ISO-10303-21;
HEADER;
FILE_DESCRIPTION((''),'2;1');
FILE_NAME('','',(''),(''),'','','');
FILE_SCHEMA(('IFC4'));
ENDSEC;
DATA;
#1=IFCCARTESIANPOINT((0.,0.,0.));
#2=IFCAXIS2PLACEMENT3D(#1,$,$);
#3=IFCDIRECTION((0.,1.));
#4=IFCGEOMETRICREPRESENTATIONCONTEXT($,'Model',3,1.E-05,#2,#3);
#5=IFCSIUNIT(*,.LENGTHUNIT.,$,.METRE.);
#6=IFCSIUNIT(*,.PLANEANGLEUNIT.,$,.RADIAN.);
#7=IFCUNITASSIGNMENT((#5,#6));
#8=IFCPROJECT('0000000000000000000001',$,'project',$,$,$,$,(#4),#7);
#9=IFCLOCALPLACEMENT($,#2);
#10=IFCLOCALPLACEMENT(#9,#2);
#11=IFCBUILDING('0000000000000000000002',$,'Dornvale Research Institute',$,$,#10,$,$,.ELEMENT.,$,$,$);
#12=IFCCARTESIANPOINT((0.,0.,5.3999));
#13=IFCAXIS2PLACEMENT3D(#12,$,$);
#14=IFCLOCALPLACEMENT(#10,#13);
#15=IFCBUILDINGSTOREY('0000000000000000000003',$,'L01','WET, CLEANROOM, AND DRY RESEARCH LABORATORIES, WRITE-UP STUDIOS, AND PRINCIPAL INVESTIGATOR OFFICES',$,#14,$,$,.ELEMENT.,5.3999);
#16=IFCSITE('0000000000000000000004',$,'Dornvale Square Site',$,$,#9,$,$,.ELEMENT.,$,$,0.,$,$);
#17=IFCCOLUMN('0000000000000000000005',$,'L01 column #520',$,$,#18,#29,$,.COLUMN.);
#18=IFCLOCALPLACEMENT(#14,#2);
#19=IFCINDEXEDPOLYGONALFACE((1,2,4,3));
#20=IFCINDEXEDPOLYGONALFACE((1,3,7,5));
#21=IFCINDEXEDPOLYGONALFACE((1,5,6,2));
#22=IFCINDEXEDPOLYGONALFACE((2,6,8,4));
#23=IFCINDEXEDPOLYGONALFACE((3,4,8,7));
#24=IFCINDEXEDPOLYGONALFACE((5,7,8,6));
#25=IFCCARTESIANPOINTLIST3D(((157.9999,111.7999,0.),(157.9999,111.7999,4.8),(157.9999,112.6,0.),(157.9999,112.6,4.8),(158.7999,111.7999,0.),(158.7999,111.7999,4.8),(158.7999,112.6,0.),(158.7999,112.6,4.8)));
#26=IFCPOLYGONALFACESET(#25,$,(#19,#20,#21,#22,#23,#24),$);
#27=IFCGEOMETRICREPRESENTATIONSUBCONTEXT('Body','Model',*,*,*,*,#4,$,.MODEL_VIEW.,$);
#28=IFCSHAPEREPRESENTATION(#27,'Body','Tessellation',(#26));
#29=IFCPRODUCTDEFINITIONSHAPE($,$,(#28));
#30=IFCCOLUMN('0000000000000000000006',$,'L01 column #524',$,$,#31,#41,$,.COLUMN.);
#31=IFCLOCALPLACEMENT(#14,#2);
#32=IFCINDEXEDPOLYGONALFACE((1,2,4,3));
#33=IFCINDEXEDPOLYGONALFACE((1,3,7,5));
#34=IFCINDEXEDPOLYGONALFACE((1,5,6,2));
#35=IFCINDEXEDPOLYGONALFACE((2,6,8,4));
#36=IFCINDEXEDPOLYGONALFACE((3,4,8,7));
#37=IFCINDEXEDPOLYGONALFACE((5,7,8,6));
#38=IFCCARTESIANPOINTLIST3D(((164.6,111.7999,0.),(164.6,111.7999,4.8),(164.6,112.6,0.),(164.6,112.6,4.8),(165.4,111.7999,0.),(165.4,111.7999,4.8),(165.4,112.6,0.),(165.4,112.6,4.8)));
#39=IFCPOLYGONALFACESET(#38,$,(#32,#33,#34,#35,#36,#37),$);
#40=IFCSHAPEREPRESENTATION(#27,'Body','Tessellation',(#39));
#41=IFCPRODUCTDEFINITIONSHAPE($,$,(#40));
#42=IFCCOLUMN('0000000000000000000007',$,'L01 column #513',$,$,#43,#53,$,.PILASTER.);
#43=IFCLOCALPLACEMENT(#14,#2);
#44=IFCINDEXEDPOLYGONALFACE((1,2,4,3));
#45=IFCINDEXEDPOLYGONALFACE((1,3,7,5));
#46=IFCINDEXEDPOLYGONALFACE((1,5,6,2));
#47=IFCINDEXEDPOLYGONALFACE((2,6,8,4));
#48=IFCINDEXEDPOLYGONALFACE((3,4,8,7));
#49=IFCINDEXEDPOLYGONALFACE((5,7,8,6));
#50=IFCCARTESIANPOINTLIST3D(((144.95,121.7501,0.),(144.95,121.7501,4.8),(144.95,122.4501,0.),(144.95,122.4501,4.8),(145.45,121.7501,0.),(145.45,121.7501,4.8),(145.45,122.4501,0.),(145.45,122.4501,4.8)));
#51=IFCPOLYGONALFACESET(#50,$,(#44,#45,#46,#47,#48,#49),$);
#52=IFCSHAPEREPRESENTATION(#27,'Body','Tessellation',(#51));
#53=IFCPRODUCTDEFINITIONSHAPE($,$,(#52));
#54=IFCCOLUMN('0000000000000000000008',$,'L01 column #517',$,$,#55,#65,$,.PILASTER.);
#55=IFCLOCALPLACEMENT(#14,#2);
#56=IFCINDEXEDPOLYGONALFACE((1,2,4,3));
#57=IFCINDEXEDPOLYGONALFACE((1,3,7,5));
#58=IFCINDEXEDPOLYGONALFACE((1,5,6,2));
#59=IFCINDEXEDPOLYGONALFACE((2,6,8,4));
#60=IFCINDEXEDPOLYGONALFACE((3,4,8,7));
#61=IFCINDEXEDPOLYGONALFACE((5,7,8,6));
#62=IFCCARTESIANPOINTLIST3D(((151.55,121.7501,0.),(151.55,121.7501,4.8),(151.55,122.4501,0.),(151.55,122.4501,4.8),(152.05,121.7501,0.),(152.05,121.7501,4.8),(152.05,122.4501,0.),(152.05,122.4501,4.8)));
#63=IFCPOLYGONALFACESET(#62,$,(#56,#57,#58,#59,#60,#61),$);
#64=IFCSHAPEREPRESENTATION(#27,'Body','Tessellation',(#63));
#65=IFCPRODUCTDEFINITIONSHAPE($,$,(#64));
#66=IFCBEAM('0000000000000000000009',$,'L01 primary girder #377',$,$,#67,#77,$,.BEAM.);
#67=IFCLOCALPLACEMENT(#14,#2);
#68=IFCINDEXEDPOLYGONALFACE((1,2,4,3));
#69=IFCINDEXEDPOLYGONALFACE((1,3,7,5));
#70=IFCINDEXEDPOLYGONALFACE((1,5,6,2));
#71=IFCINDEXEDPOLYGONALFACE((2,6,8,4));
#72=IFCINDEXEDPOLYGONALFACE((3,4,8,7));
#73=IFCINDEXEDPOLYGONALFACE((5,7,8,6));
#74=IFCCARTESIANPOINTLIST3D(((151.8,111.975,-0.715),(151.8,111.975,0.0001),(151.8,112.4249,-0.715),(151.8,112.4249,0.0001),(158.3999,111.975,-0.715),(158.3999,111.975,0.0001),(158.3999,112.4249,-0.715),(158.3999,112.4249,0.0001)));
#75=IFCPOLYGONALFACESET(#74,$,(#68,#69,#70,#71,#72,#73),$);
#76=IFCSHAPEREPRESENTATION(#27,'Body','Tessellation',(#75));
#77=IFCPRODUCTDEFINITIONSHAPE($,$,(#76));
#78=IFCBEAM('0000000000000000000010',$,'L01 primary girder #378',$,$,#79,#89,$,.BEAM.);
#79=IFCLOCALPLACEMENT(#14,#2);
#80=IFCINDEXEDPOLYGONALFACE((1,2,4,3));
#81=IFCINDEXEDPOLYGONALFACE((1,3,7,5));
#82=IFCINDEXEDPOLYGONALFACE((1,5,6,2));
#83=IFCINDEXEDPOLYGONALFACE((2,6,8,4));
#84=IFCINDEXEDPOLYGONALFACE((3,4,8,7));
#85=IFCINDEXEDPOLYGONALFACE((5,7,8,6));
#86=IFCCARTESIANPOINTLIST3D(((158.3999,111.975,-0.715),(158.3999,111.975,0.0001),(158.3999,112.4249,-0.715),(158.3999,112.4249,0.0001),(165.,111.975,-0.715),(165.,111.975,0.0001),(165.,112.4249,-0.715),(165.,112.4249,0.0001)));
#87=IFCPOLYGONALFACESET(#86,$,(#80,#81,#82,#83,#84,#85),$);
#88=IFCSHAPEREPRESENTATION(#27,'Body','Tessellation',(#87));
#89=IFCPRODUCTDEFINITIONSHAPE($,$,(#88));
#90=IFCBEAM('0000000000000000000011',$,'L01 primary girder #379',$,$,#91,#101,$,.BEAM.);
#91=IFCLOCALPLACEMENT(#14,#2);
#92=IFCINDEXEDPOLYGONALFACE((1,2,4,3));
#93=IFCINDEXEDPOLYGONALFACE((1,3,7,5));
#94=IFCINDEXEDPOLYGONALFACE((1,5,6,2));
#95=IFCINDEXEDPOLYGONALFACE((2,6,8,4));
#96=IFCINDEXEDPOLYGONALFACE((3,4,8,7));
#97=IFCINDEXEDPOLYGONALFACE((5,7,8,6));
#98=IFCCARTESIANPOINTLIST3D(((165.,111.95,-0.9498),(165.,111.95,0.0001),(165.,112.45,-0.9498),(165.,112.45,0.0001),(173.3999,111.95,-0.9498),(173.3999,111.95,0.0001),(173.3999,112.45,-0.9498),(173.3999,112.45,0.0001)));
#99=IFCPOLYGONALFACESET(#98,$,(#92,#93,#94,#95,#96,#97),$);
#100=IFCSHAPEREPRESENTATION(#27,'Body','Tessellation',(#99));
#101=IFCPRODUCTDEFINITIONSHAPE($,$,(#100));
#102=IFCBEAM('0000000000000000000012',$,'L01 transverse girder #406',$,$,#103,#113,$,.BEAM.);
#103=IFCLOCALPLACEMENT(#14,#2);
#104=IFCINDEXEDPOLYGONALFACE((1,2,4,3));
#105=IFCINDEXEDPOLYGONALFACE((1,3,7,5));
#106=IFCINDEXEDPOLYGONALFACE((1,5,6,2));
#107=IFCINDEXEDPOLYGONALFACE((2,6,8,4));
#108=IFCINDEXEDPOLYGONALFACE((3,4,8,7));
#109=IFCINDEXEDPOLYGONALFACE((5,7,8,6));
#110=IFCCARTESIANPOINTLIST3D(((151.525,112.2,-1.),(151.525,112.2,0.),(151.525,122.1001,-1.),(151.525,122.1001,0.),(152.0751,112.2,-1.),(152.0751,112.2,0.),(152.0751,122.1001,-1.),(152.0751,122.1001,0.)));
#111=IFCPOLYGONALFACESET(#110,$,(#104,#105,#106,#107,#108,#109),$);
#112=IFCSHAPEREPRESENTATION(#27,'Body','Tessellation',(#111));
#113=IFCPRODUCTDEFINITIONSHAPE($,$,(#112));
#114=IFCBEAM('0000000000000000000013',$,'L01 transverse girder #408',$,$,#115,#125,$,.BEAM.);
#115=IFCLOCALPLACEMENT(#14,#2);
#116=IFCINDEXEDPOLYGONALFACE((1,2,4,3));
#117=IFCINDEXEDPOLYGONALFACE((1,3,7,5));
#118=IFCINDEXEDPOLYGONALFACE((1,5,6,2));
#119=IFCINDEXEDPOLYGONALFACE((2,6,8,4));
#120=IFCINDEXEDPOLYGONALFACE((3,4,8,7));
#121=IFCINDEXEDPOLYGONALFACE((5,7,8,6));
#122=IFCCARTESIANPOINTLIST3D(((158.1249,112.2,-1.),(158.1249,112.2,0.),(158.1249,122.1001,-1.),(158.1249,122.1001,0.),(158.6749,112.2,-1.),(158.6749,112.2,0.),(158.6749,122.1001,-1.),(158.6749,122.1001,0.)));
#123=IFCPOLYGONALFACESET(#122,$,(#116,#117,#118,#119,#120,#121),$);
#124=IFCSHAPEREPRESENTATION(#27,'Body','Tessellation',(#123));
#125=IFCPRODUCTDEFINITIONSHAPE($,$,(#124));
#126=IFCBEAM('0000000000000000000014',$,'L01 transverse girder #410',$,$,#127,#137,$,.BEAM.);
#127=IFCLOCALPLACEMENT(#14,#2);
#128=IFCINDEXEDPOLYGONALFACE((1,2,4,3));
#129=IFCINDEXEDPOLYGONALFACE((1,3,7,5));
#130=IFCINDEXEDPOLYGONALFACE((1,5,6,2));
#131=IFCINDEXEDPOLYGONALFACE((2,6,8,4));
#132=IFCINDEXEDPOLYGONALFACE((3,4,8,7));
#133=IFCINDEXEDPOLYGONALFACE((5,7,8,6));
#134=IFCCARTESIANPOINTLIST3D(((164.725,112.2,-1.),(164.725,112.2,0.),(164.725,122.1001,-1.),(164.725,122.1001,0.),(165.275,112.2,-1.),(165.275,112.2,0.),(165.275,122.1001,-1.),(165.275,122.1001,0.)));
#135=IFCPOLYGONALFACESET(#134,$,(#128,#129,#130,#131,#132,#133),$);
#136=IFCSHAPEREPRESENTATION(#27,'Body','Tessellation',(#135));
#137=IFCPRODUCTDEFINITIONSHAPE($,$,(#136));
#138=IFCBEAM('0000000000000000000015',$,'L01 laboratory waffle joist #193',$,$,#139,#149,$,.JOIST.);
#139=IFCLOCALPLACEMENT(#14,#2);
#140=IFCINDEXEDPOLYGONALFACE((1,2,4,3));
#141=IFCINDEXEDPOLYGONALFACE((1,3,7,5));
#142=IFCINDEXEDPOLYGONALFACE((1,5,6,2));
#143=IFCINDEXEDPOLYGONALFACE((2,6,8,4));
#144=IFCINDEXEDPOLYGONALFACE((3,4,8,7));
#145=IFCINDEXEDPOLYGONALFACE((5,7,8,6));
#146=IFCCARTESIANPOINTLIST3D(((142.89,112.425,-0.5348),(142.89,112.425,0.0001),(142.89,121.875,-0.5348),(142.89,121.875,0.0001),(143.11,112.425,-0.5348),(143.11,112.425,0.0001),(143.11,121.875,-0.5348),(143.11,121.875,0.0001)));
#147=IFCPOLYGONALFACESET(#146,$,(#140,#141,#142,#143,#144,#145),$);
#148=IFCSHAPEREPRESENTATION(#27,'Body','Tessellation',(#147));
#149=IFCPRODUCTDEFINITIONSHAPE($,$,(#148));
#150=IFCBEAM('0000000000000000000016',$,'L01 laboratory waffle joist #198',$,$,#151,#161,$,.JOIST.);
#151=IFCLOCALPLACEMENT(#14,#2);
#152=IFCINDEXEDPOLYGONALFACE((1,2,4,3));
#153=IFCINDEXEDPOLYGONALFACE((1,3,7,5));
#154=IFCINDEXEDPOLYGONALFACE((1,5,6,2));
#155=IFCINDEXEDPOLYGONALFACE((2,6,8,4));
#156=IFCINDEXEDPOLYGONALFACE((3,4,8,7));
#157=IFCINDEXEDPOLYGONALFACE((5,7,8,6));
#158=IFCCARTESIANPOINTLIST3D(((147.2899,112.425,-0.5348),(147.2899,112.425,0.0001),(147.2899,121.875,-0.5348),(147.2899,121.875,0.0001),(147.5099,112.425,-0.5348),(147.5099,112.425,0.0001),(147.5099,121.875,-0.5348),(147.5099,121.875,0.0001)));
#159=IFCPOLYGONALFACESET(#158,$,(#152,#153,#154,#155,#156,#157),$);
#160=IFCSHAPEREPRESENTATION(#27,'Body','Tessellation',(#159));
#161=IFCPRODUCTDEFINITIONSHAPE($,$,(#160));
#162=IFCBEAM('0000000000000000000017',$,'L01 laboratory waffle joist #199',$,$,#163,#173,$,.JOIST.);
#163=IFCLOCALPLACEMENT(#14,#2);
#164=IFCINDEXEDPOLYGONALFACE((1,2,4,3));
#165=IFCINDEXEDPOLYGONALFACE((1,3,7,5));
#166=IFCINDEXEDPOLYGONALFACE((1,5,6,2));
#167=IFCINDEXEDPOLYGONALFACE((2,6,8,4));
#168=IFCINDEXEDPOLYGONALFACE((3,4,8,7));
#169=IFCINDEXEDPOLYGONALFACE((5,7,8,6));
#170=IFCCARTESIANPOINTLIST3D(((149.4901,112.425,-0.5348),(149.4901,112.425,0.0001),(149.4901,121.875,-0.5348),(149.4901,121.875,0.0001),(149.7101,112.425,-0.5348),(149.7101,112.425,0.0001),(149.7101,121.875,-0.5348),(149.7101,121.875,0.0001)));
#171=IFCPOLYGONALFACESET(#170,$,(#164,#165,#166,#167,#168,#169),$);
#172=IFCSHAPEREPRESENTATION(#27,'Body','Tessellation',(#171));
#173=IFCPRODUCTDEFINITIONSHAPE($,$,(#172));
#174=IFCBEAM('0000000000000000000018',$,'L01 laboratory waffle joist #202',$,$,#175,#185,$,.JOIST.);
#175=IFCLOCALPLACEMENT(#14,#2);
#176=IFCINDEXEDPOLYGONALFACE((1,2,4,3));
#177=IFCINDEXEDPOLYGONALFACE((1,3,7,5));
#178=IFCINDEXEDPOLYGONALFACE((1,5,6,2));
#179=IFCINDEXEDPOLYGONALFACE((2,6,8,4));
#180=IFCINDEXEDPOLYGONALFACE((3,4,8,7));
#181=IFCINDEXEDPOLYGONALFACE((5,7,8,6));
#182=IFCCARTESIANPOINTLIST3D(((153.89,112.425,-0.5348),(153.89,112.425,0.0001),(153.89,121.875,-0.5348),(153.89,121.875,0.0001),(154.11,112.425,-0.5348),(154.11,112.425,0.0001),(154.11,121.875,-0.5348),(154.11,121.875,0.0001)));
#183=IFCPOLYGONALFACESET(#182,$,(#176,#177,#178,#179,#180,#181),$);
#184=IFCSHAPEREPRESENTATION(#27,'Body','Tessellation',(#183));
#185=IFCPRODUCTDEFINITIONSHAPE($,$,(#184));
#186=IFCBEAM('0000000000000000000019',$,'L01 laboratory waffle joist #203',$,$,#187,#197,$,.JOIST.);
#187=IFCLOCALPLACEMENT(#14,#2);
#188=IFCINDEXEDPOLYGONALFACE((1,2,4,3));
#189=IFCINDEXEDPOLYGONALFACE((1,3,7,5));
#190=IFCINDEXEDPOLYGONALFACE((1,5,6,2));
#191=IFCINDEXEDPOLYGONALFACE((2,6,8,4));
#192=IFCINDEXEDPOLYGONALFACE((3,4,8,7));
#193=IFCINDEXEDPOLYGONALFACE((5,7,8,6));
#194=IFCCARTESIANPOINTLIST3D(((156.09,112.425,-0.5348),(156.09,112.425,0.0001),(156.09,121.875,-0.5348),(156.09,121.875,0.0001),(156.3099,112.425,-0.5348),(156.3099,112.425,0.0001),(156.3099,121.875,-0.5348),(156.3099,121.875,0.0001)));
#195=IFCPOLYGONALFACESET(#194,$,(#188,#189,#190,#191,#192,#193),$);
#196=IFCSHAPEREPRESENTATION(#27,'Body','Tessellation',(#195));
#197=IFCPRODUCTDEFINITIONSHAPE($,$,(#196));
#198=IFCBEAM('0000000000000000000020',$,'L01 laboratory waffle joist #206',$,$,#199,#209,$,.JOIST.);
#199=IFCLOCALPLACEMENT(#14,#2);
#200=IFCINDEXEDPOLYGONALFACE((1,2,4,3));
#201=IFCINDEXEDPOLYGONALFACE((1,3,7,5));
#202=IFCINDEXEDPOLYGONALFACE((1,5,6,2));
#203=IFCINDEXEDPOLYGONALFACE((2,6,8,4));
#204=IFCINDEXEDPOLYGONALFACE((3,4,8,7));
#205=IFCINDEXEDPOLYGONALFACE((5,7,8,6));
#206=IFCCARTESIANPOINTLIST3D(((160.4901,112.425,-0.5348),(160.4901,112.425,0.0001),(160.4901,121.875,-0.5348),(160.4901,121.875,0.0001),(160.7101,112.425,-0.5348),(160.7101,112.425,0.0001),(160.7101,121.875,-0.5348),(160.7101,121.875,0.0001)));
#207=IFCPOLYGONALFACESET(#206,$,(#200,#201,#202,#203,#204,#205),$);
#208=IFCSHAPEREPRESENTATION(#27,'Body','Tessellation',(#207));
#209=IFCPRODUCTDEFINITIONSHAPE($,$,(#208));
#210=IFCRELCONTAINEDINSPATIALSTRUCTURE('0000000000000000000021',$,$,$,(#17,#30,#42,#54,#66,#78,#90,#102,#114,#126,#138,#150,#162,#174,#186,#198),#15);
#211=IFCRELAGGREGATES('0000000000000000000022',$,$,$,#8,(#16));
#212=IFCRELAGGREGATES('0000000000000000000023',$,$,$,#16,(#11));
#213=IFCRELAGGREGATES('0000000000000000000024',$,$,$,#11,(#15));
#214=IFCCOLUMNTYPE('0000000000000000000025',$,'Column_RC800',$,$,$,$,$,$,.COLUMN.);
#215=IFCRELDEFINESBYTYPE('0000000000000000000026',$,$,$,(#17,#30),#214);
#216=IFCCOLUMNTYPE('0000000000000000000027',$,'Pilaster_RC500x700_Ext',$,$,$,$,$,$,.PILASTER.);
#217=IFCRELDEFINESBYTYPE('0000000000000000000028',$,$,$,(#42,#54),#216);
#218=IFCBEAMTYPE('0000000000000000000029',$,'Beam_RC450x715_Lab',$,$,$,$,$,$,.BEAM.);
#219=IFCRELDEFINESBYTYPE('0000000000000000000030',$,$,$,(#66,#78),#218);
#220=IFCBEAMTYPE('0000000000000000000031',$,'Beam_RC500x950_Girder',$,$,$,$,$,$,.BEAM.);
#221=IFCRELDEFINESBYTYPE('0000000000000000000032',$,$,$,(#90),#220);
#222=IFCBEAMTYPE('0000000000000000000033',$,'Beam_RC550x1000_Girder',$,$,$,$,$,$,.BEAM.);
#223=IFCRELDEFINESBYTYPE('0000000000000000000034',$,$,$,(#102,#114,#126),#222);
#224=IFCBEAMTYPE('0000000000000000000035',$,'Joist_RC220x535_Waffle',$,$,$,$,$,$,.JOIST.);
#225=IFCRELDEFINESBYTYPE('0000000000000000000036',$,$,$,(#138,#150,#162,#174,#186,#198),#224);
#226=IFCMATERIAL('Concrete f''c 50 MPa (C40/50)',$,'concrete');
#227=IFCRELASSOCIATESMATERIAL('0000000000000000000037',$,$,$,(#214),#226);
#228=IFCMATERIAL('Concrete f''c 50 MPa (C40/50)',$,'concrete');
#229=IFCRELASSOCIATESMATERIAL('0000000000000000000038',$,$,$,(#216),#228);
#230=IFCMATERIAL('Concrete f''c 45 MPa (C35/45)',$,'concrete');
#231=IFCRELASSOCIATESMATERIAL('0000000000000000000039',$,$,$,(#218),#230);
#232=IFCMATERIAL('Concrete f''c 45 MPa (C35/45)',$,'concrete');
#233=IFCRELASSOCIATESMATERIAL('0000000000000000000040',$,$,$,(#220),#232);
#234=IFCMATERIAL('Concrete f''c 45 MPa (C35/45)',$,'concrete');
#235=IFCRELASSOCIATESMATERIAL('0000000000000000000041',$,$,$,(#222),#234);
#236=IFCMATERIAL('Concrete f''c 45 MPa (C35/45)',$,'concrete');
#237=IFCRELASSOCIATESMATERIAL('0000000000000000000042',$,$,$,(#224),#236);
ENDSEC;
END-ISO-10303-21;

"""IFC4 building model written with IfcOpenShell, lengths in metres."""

from ifc_helpers import new_model, si_unit, direction, frame, origin, origin_2d, place, context, subcontext, project, spatial, rectangle, extrude, material, material_profile, profile_set, type_object, element, save


model = new_model("IFC4")

# Units and contexts
model_context = context("Model", 3, precision=1e-05, world=origin(), true_north=direction((0.0, 1.0)))
body_context = subcontext(model_context, "Body", "Model", "MODEL_VIEW")
ifc_project = project(units=[si_unit("LENGTHUNIT", "METRE"), si_unit("PLANEANGLEUNIT", "RADIAN")], contexts=[model_context])

# Site, building, storey
site_placement = place(None, origin())
site = spatial("IfcSite", under=ifc_project, at=site_placement, Name="Dornvale Square Site", CompositionType="ELEMENT", RefElevation=0.0)
building_placement = place(site_placement, origin())
building = spatial("IfcBuilding", under=site, at=building_placement, Name="Dornvale Research Institute", CompositionType="ELEMENT")
storey_placement = place(building_placement, frame((0.0, 0.0, 5.3999)))
storey = spatial("IfcBuildingStorey", under=building, at=storey_placement, Name="L01", Description="WET, CLEANROOM, AND DRY RESEARCH LABORATORIES, WRITE-UP STUDIOS, AND PRINCIPAL INVESTIGATOR OFFICES", CompositionType="ELEMENT", Elevation=5.3999)

# Columns
ifc_material_1 = material(Name="Concrete f'c 50 MPa (C40/50)", Category="concrete")
ifc_material_profile_1 = material_profile(ifc_material_1, rectangle(XDim=0.8, YDim=0.8, at=origin_2d()), Name="RC 800x800")
ifc_profile_set_1 = profile_set([ifc_material_profile_1], Name="Concrete f'c 50 MPa (C40/50)")
column_type_1 = type_object("IfcColumnType", Name="Column_RC800", PredefinedType="COLUMN", material=ifc_profile_set_1)
for number, where, z_axis, x_axis, name in (
    (1, (158.3999, 112.2, 0.0), (0.0, 0.0, 1.0), (1.0, 0.0, 0.0), "L01 column #520"),
    (2, (165.0, 112.2, 0.0), (0.0, 0.0, 1.0), (1.0, 0.0, 0.0), "L01 column #524"),
):
    element("IfcColumn", number, at=place(storey_placement, frame(where, z_axis=z_axis, x_axis=x_axis)), inside=storey, type_object=column_type_1, Name=name, PredefinedType="COLUMN", context=body_context, shape_type="SweptSolid", body=[
        extrude(rectangle(XDim=0.8, YDim=0.8, at=origin_2d()), origin(), (0.0, 0.0, 1.0), 4.8),
    ])
ifc_material_2 = material(Name="Concrete f'c 50 MPa (C40/50)", Category="concrete")
ifc_material_profile_2 = material_profile(ifc_material_2, rectangle(XDim=0.5, YDim=0.7, at=origin_2d()), Name="RC 500x700")
ifc_profile_set_2 = profile_set([ifc_material_profile_2], Name="Concrete f'c 50 MPa (C40/50)")
column_type_2 = type_object("IfcColumnType", Name="Pilaster_RC500x700_Ext", PredefinedType="PILASTER", material=ifc_profile_set_2)
for number, where, z_axis, x_axis, name in (
    (3, (145.2, 122.1001, 0.0), (0.0, 0.0, 1.0), (1.0, 0.0, 0.0), "L01 column #513"),
    (4, (151.8, 122.1001, 0.0), (0.0, 0.0, 1.0), (1.0, 0.0, 0.0), "L01 column #517"),
):
    element("IfcColumn", number, at=place(storey_placement, frame(where, z_axis=z_axis, x_axis=x_axis)), inside=storey, type_object=column_type_2, Name=name, PredefinedType="PILASTER", context=body_context, shape_type="SweptSolid", body=[
        extrude(rectangle(XDim=0.5, YDim=0.7, at=origin_2d()), origin(), (0.0, 0.0, 1.0), 4.8),
    ])

# Beams
ifc_material_3 = material(Name="Concrete f'c 45 MPa (C35/45)", Category="concrete")
ifc_material_profile_3 = material_profile(ifc_material_3, rectangle(XDim=0.45, YDim=0.7151, at=origin_2d()), Name="RC 450x715")
ifc_profile_set_3 = profile_set([ifc_material_profile_3], Name="Concrete f'c 45 MPa (C35/45)")
beam_type_1 = type_object("IfcBeamType", Name="Beam_RC450x715_Lab", PredefinedType="BEAM", material=ifc_profile_set_3)
beam_1_placement = place(storey_placement, frame((151.8, 112.2, -0.3574), z_axis=(1.0, 0.0, 0.0), x_axis=(0.0, 1.0, 0.0)))
element("IfcBeam", 5, at=beam_1_placement, inside=storey, type_object=beam_type_1, Name="L01 primary girder #377", PredefinedType="BEAM", context=body_context, shape_type="SweptSolid", body=[
    extrude(rectangle(XDim=0.45, YDim=0.7151, at=origin_2d()), origin(), (0.0, 0.0, 1.0), 6.5999),
])
beam_2_placement = place(storey_placement, frame((158.3999, 112.2, -0.3574), z_axis=(1.0, 0.0, 0.0), x_axis=(0.0, 1.0, 0.0)))
element("IfcBeam", 6, at=beam_2_placement, inside=storey, type_object=beam_type_1, Name="L01 primary girder #378", PredefinedType="BEAM", context=body_context, shape_type="SweptSolid", body=[
    extrude(rectangle(XDim=0.45, YDim=0.7151, at=origin_2d()), origin(), (0.0, 0.0, 1.0), 6.6001),
])
ifc_material_4 = material(Name="Concrete f'c 45 MPa (C35/45)", Category="concrete")
ifc_material_profile_4 = material_profile(ifc_material_4, rectangle(XDim=0.5, YDim=0.95, at=origin_2d()), Name="RC 500x950")
ifc_profile_set_4 = profile_set([ifc_material_profile_4], Name="Concrete f'c 45 MPa (C35/45)")
beam_type_2 = type_object("IfcBeamType", Name="Beam_RC500x950_Girder", PredefinedType="BEAM", material=ifc_profile_set_4)
beam_3_placement = place(storey_placement, frame((165.0, 112.2, -0.4749), z_axis=(1.0, 0.0, 0.0), x_axis=(0.0, 1.0, 0.0)))
element("IfcBeam", 7, at=beam_3_placement, inside=storey, type_object=beam_type_2, Name="L01 primary girder #379", PredefinedType="BEAM", context=body_context, shape_type="SweptSolid", body=[
    extrude(rectangle(XDim=0.5, YDim=0.95, at=origin_2d()), origin(), (0.0, 0.0, 1.0), 8.3999),
])
ifc_material_5 = material(Name="Concrete f'c 45 MPa (C35/45)", Category="concrete")
ifc_material_profile_5 = material_profile(ifc_material_5, rectangle(XDim=0.55, YDim=1.0, at=origin_2d()), Name="RC 550x1000")
ifc_profile_set_5 = profile_set([ifc_material_profile_5], Name="Concrete f'c 45 MPa (C35/45)")
beam_type_3 = type_object("IfcBeamType", Name="Beam_RC550x1000_Girder", PredefinedType="BEAM", material=ifc_profile_set_5)
for number, where, z_axis, x_axis, name in (
    (8, (151.8, 112.2, -0.5), (0.0, 1.0, 0.0), (-1.0, 0.0, 0.0), "L01 transverse girder #406"),
    (9, (158.3999, 112.2, -0.5), (0.0, 1.0, 0.0), (-1.0, 0.0, 0.0), "L01 transverse girder #408"),
    (10, (165.0, 112.2, -0.5), (0.0, 1.0, 0.0), (-1.0, 0.0, 0.0), "L01 transverse girder #410"),
):
    element("IfcBeam", number, at=place(storey_placement, frame(where, z_axis=z_axis, x_axis=x_axis)), inside=storey, type_object=beam_type_3, Name=name, PredefinedType="BEAM", context=body_context, shape_type="SweptSolid", body=[
        extrude(rectangle(XDim=0.55, YDim=1.0, at=origin_2d()), origin(), (0.0, 0.0, 1.0), 9.9001),
    ])
ifc_material_6 = material(Name="Concrete f'c 45 MPa (C35/45)", Category="concrete")
ifc_material_profile_6 = material_profile(ifc_material_6, rectangle(XDim=0.22, YDim=0.5349, at=origin_2d()), Name="RC 220x535")
ifc_profile_set_6 = profile_set([ifc_material_profile_6], Name="Concrete f'c 45 MPa (C35/45)")
beam_type_4 = type_object("IfcBeamType", Name="Joist_RC220x535_Waffle", PredefinedType="JOIST", material=ifc_profile_set_6)
for number, where, z_axis, x_axis, name in (
    (11, (143.0, 112.425, -0.2673), (0.0, 1.0, 0.0), (-1.0, 0.0, 0.0), "L01 laboratory waffle joist #193"),
    (12, (147.3999, 112.425, -0.2673), (0.0, 1.0, 0.0), (-1.0, 0.0, 0.0), "L01 laboratory waffle joist #198"),
    (13, (149.6001, 112.425, -0.2673), (0.0, 1.0, 0.0), (-1.0, 0.0, 0.0), "L01 laboratory waffle joist #199"),
    (14, (154.0, 112.425, -0.2673), (0.0, 1.0, 0.0), (-1.0, 0.0, 0.0), "L01 laboratory waffle joist #202"),
    (15, (156.2, 112.425, -0.2673), (0.0, 1.0, 0.0), (-1.0, 0.0, 0.0), "L01 laboratory waffle joist #203"),
    (16, (160.6001, 112.425, -0.2673), (0.0, 1.0, 0.0), (-1.0, 0.0, 0.0), "L01 laboratory waffle joist #206"),
):
    element("IfcBeam", number, at=place(storey_placement, frame(where, z_axis=z_axis, x_axis=x_axis)), inside=storey, type_object=beam_type_4, Name=name, PredefinedType="JOIST", context=body_context, shape_type="SweptSolid", body=[
        extrude(rectangle(XDim=0.22, YDim=0.5349, at=origin_2d()), origin(), (0.0, 0.0, 1.0), 9.45),
    ])

save(model, "model.ifc")
